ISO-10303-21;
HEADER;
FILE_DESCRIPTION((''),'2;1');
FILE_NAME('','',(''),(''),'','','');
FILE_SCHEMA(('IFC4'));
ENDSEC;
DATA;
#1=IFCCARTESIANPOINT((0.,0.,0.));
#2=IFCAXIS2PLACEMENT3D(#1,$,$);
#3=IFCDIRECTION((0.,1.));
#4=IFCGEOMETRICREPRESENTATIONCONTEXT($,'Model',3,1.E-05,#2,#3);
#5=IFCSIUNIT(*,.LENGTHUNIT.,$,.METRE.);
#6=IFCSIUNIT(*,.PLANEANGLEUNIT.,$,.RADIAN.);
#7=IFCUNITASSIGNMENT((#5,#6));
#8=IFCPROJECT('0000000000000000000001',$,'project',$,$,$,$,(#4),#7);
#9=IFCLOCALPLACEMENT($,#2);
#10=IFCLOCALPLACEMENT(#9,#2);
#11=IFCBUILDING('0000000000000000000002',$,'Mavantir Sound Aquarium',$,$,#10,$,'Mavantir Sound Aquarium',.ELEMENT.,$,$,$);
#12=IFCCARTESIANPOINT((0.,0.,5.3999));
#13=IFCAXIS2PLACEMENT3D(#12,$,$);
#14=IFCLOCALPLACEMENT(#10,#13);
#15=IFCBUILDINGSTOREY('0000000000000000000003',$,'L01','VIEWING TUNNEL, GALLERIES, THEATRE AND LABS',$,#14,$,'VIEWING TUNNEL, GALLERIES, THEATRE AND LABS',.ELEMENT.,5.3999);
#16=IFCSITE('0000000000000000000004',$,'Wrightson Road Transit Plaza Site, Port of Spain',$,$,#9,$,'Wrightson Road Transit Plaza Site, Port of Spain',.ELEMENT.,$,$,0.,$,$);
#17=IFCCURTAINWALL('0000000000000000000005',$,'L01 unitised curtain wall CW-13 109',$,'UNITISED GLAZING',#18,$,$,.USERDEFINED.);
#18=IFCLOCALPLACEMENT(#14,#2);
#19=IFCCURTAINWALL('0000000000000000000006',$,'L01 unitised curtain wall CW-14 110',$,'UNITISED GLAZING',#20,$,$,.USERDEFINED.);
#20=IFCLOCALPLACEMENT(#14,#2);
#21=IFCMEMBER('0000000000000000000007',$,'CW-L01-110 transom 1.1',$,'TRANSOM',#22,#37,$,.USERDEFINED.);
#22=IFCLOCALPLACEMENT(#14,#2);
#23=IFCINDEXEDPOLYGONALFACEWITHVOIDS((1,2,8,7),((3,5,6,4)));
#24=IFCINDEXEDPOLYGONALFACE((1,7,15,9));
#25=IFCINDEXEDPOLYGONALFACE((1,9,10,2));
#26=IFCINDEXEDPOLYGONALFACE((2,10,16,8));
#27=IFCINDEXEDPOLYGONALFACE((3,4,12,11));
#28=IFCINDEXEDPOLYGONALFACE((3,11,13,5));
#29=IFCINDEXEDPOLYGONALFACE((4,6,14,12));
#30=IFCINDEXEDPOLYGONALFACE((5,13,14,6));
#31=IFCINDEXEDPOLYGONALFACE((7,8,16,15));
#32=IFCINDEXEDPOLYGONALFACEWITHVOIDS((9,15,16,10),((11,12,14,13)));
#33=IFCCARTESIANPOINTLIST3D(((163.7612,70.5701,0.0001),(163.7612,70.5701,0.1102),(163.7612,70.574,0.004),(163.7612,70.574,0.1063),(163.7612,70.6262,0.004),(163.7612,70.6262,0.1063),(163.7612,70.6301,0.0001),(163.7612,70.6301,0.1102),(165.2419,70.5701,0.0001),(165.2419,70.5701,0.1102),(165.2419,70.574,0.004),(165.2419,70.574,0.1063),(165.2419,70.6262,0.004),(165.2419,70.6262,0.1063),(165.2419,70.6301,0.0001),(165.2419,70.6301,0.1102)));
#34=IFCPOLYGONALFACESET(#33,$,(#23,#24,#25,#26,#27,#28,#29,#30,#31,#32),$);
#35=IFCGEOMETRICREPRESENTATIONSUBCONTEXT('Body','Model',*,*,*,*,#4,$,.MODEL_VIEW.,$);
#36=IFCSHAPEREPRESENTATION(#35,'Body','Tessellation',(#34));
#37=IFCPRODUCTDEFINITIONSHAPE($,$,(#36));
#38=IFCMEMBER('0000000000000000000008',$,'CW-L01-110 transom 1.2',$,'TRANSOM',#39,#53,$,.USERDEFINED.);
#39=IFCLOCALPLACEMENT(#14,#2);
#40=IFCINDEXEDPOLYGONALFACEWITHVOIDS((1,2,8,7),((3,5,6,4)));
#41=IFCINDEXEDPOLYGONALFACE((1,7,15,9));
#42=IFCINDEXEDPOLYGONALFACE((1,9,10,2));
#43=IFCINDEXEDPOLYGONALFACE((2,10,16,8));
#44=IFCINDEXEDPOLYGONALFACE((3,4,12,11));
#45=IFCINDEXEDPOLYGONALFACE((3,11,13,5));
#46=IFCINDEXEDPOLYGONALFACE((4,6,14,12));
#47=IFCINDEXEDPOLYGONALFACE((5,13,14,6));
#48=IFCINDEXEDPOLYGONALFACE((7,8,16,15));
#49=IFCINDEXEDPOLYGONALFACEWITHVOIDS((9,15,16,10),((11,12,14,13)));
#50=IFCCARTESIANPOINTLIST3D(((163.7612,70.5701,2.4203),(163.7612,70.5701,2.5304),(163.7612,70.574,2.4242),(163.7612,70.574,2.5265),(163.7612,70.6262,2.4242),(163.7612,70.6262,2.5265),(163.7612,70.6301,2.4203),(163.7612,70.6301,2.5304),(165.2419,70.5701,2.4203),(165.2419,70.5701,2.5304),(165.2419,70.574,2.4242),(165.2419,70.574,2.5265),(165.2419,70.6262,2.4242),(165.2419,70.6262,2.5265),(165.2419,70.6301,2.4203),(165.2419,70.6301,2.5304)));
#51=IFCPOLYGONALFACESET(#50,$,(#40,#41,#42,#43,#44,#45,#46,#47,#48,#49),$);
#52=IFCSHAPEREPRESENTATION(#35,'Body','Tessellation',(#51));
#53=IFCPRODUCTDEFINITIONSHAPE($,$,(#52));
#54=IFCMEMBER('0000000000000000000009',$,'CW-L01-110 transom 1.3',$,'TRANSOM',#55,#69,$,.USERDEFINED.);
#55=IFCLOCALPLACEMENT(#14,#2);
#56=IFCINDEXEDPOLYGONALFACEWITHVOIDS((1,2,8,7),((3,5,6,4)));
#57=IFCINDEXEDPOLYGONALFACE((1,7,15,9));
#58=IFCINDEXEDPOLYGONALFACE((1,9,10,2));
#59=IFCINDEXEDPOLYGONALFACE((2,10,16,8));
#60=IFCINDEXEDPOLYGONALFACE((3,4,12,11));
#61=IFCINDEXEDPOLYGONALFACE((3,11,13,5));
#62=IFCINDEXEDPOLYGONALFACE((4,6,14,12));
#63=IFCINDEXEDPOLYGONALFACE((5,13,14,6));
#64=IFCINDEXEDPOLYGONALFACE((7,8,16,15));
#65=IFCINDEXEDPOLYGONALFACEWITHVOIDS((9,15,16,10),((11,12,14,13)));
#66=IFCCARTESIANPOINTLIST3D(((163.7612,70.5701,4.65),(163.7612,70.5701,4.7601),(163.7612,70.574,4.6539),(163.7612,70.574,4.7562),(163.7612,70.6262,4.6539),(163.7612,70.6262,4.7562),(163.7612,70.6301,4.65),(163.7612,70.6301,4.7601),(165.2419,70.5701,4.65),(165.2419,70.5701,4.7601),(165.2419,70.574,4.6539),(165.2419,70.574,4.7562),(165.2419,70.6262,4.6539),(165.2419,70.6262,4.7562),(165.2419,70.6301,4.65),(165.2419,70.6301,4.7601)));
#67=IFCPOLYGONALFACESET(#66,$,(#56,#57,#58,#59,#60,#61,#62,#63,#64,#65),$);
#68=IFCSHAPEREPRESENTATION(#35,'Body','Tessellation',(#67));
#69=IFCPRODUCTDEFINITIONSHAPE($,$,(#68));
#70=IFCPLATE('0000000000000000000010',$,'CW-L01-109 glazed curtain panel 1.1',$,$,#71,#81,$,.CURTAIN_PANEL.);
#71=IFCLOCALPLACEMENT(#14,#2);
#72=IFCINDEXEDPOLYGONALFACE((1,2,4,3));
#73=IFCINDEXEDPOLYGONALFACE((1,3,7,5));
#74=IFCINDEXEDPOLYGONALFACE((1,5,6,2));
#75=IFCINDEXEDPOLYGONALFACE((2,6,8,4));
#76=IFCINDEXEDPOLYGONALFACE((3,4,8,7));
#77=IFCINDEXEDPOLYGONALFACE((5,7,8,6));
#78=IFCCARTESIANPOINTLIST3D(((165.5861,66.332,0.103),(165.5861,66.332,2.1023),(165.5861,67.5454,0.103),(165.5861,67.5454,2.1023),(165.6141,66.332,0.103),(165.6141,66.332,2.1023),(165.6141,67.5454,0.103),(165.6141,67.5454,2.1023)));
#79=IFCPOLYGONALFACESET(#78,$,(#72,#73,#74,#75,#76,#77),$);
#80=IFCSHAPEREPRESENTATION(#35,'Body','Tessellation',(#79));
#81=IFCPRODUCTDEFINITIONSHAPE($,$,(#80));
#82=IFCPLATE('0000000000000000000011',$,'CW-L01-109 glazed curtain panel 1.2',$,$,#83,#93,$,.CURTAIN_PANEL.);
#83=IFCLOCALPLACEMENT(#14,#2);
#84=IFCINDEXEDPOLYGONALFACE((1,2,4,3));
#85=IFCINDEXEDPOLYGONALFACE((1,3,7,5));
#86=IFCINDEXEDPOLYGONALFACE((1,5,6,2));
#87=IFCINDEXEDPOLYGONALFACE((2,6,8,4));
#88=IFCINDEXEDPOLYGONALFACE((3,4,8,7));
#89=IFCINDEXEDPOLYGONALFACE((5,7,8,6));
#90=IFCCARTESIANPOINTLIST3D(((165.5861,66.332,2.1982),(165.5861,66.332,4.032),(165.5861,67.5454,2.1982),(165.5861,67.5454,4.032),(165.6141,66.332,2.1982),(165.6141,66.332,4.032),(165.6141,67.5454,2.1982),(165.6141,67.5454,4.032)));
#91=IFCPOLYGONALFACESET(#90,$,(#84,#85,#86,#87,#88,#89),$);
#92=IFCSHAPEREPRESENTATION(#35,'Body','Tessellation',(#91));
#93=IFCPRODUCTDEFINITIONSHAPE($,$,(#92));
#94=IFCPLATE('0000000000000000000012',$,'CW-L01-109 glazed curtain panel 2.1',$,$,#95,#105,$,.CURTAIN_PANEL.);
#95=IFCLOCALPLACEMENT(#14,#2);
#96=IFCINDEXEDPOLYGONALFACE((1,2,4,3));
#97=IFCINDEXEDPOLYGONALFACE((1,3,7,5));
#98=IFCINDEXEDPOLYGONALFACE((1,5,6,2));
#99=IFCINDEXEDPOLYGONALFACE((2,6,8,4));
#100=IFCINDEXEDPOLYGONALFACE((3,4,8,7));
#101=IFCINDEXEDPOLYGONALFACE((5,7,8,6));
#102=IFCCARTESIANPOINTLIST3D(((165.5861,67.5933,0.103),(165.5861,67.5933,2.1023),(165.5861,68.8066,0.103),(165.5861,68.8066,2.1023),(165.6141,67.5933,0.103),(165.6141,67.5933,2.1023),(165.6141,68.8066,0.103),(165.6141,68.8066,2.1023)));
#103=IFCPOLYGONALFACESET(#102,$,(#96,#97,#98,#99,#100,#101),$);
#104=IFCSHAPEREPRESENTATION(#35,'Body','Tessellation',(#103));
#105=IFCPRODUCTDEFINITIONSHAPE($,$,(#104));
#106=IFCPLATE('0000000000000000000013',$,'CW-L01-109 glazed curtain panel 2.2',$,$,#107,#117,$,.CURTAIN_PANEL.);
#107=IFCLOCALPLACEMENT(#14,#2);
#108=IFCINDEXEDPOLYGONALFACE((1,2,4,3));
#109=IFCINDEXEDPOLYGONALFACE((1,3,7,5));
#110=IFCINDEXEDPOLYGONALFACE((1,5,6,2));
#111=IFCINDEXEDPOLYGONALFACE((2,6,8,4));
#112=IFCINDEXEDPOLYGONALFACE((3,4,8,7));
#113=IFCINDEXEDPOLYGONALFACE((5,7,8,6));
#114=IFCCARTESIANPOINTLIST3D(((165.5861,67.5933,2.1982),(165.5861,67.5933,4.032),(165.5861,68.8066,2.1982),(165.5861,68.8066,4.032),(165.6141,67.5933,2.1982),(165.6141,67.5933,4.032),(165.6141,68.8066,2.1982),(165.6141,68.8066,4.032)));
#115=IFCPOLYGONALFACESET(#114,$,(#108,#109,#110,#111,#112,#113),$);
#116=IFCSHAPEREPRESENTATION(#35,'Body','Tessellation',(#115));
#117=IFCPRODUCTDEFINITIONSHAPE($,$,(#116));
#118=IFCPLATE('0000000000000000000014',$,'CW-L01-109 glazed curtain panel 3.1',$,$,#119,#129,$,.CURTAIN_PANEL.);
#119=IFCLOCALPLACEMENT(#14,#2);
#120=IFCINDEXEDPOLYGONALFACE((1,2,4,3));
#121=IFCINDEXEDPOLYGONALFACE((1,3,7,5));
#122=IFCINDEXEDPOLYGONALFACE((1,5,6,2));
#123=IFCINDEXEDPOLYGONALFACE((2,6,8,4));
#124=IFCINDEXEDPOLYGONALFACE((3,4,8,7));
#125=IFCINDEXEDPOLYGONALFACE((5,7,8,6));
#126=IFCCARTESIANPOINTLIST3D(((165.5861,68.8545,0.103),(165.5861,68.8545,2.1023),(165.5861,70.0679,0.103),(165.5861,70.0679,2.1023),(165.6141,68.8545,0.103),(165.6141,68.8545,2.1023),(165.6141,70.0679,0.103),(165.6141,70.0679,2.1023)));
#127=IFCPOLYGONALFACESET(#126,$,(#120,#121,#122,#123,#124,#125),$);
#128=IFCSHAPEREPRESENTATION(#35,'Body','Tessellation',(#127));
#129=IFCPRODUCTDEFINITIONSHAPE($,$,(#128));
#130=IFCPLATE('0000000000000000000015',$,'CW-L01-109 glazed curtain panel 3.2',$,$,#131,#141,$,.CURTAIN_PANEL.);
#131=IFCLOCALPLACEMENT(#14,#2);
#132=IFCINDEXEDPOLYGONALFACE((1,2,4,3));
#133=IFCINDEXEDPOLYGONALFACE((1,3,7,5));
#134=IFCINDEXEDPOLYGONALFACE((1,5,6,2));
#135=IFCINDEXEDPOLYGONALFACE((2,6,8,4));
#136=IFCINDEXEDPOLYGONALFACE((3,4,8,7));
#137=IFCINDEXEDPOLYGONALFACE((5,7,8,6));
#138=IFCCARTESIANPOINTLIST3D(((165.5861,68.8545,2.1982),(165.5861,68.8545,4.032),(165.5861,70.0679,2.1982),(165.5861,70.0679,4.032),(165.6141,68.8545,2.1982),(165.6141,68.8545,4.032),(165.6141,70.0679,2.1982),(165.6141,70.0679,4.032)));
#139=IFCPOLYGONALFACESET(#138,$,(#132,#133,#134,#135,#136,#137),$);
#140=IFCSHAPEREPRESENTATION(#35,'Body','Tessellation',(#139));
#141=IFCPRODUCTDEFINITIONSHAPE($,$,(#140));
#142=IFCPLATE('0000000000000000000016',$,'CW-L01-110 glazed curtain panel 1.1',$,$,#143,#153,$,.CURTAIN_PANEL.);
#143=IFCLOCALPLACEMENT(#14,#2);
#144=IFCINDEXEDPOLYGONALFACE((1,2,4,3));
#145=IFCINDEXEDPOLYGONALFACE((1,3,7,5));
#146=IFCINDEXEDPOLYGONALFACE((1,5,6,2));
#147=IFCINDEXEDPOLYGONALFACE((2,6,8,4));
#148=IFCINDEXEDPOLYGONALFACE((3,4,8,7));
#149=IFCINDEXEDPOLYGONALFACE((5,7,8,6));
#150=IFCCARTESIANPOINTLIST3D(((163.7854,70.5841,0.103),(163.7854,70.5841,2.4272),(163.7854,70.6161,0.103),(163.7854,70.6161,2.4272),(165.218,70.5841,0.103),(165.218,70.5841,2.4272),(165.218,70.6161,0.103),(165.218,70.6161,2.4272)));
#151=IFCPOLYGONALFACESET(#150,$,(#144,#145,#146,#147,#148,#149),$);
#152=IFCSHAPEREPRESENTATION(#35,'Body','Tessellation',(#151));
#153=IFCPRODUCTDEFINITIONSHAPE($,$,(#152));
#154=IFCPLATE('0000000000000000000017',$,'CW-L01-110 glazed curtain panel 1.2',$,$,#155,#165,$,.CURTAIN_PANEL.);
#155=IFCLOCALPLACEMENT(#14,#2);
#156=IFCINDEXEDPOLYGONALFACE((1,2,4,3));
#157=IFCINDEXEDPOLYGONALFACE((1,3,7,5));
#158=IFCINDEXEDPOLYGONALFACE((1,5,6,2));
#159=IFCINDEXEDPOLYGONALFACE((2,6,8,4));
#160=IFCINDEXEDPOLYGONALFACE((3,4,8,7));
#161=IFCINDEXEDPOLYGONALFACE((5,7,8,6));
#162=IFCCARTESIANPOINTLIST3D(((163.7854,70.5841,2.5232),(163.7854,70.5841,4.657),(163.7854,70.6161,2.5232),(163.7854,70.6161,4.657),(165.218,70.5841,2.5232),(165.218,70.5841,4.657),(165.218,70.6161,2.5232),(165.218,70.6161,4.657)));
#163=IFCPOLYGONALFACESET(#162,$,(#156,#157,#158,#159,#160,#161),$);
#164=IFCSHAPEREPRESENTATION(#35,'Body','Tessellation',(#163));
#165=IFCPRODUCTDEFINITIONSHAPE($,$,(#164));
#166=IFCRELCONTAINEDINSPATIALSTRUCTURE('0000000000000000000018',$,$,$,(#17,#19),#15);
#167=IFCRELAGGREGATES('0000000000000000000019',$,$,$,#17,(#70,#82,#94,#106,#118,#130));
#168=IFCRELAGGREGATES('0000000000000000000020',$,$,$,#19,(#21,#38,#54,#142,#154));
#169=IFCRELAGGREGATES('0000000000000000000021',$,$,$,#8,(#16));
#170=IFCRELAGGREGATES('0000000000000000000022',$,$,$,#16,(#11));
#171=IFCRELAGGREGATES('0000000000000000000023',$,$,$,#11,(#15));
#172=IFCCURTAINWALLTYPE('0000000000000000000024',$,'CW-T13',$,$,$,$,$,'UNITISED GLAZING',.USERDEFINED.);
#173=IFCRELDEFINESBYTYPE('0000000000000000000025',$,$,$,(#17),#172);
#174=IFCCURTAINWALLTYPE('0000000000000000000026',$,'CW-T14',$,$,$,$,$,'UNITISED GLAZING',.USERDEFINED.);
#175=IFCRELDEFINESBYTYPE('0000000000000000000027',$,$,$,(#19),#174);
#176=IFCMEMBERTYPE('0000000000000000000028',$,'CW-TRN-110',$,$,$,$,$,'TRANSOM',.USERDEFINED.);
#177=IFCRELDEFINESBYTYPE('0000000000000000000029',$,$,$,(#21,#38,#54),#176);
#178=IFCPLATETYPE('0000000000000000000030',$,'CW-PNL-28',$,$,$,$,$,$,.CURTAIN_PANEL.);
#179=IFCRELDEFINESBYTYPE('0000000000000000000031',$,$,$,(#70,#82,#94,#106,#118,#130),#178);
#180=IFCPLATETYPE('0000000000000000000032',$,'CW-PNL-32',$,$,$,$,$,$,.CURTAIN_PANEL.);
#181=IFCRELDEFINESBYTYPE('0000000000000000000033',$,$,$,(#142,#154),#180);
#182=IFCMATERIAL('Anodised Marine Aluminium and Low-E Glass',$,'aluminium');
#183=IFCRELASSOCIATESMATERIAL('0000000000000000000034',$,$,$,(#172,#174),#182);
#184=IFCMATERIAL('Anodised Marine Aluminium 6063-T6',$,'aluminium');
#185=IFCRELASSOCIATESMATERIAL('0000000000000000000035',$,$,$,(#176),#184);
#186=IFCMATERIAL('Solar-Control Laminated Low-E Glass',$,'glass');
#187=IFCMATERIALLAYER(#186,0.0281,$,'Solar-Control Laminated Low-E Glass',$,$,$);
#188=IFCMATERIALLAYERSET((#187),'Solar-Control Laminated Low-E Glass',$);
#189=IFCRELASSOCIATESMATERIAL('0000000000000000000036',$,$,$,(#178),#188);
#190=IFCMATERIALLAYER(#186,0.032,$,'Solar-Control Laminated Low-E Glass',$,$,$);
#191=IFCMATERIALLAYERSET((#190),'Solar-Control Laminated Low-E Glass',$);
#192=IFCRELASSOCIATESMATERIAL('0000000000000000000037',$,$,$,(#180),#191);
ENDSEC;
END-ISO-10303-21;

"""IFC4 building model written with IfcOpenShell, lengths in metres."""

from ifc_helpers import new_model, si_unit, direction, frame, origin, origin_2d, place, context, subcontext, project, spatial, rectangle, hollow_rectangle, extrude, material, layer, layer_set, material_profile, profile_set, type_object, element, aggregate, save


model = new_model("IFC4")

# Units and contexts
model_context = context("Model", 3, precision=1e-05, world=origin(), true_north=direction((0.0, 1.0)))
body_context = subcontext(model_context, "Body", "Model", "MODEL_VIEW")
ifc_project = project(units=[si_unit("LENGTHUNIT", "METRE"), si_unit("PLANEANGLEUNIT", "RADIAN")], contexts=[model_context])

# Site, building, storey
site_placement = place(None, origin())
site = spatial("IfcSite", under=ifc_project, at=site_placement, Name="Wrightson Road Transit Plaza Site, Port of Spain", LongName="Wrightson Road Transit Plaza Site, Port of Spain", CompositionType="ELEMENT", RefElevation=0.0)
building_placement = place(site_placement, origin())
building = spatial("IfcBuilding", under=site, at=building_placement, Name="Mavantir Sound Aquarium", LongName="Mavantir Sound Aquarium", CompositionType="ELEMENT")
storey_placement = place(building_placement, frame((0.0, 0.0, 5.3999)))
storey = spatial("IfcBuildingStorey", under=building, at=storey_placement, Name="L01", Description="VIEWING TUNNEL, GALLERIES, THEATRE AND LABS", LongName="VIEWING TUNNEL, GALLERIES, THEATRE AND LABS", CompositionType="ELEMENT", Elevation=5.3999)

# Curtain wall
ifc_material_1 = material(Name="Anodised Marine Aluminium and Low-E Glass", Category="aluminium")
curtain_wall_type_1 = type_object("IfcCurtainWallType", Name="CW-T13", ElementType="UNITISED GLAZING", PredefinedType="USERDEFINED", material=ifc_material_1)
curtain_wall_1_placement = place(storey_placement, origin())
curtain_wall_1 = element("IfcCurtainWall", 1, at=curtain_wall_1_placement, inside=storey, type_object=curtain_wall_type_1, Name="L01 unitised curtain wall CW-13 109", ObjectType="UNITISED GLAZING", PredefinedType="USERDEFINED")
ifc_material_2 = material(Name="Anodised Marine Aluminium 6063-T6", Category="aluminium")

# Curtain wall
curtain_wall_type_2 = type_object("IfcCurtainWallType", Name="CW-T14", ElementType="UNITISED GLAZING", PredefinedType="USERDEFINED", material=ifc_material_1)
curtain_wall_2_placement = place(storey_placement, origin())
curtain_wall_2 = element("IfcCurtainWall", 2, at=curtain_wall_2_placement, inside=storey, type_object=curtain_wall_type_2, Name="L01 unitised curtain wall CW-14 110", ObjectType="UNITISED GLAZING", PredefinedType="USERDEFINED")

# Shared definitions
ifc_material_profile_1 = material_profile(ifc_material_2, hollow_rectangle(XDim=0.0601, YDim=0.1101, WallThickness=0.0039, at=origin_2d()), Name="ALU-TRANSOM-110X60")
ifc_profile_set_1 = profile_set([ifc_material_profile_1], Name="Anodised Marine Aluminium 6063-T6")
member_type_1 = type_object("IfcMemberType", Name="CW-TRN-110", ElementType="TRANSOM", PredefinedType="USERDEFINED", material=ifc_profile_set_1)

# Members
member_1_placement = place(storey_placement, frame((165.2419, 70.6001, 0.0552), z_axis=(-1.0, 0.0, 0.0), x_axis=(0.0, -1.0, 0.0)))
member_1 = element("IfcMember", 3, at=member_1_placement, type_object=member_type_1, Name="CW-L01-110 transom 1.1", ObjectType="TRANSOM", PredefinedType="USERDEFINED", context=body_context, shape_type="SweptSolid", body=[
    extrude(hollow_rectangle(XDim=0.0601, YDim=0.1101, WallThickness=0.0039, at=origin_2d()), origin(), (0.0, 0.0, 1.0), 1.4807),
])
member_2_placement = place(storey_placement, frame((165.2419, 70.6001, 2.4753), z_axis=(-1.0, 0.0, 0.0), x_axis=(0.0, -1.0, 0.0)))
member_2 = element("IfcMember", 4, at=member_2_placement, type_object=member_type_1, Name="CW-L01-110 transom 1.2", ObjectType="TRANSOM", PredefinedType="USERDEFINED", context=body_context, shape_type="SweptSolid", body=[
    extrude(hollow_rectangle(XDim=0.0601, YDim=0.1101, WallThickness=0.0039, at=origin_2d()), origin(), (0.0, 0.0, 1.0), 1.4807),
])
member_3_placement = place(storey_placement, frame((165.2419, 70.6001, 4.7051), z_axis=(-1.0, 0.0, 0.0), x_axis=(0.0, -1.0, 0.0)))
member_3 = element("IfcMember", 5, at=member_3_placement, type_object=member_type_1, Name="CW-L01-110 transom 1.3", ObjectType="TRANSOM", PredefinedType="USERDEFINED", context=body_context, shape_type="SweptSolid", body=[
    extrude(hollow_rectangle(XDim=0.0601, YDim=0.1101, WallThickness=0.0039, at=origin_2d()), origin(), (0.0, 0.0, 1.0), 1.4807),
])

# Plates
ifc_material_3 = material(Name="Solar-Control Laminated Low-E Glass", Category="glass")
ifc_layer_1 = layer(ifc_material_3, 0.0281, Name="Solar-Control Laminated Low-E Glass")
ifc_layer_set_1 = layer_set([ifc_layer_1], Name="Solar-Control Laminated Low-E Glass")
plate_type_1 = type_object("IfcPlateType", Name="CW-PNL-28", PredefinedType="CURTAIN_PANEL", material=ifc_layer_set_1)
plate_1_placement = place(storey_placement, frame((165.6001, 66.9387, 0.103), z_axis=(0.0, 0.0, 1.0), x_axis=(0.0, 1.0, 0.0)))
plate_1 = element("IfcPlate", 6, at=plate_1_placement, type_object=plate_type_1, Name="CW-L01-109 glazed curtain panel 1.1", PredefinedType="CURTAIN_PANEL", context=body_context, shape_type="SweptSolid", body=[
    extrude(rectangle(XDim=1.2134, YDim=0.0281, at=origin_2d()), origin(), (0.0, 0.0, 1.0), 1.9993),
])
plate_2_placement = place(storey_placement, frame((165.6001, 66.9387, 2.1982), z_axis=(0.0, 0.0, 1.0), x_axis=(0.0, 1.0, 0.0)))
plate_2 = element("IfcPlate", 7, at=plate_2_placement, type_object=plate_type_1, Name="CW-L01-109 glazed curtain panel 1.2", PredefinedType="CURTAIN_PANEL", context=body_context, shape_type="SweptSolid", body=[
    extrude(rectangle(XDim=1.2134, YDim=0.0281, at=origin_2d()), origin(), (0.0, 0.0, 1.0), 1.8337),
])
plate_3_placement = place(storey_placement, frame((165.6001, 68.2, 0.103), z_axis=(0.0, 0.0, 1.0), x_axis=(0.0, 1.0, 0.0)))
plate_3 = element("IfcPlate", 8, at=plate_3_placement, type_object=plate_type_1, Name="CW-L01-109 glazed curtain panel 2.1", PredefinedType="CURTAIN_PANEL", context=body_context, shape_type="SweptSolid", body=[
    extrude(rectangle(XDim=1.2134, YDim=0.0281, at=origin_2d()), origin(), (0.0, 0.0, 1.0), 1.9993),
])
plate_4_placement = place(storey_placement, frame((165.6001, 68.2, 2.1982), z_axis=(0.0, 0.0, 1.0), x_axis=(0.0, 1.0, 0.0)))
plate_4 = element("IfcPlate", 9, at=plate_4_placement, type_object=plate_type_1, Name="CW-L01-109 glazed curtain panel 2.2", PredefinedType="CURTAIN_PANEL", context=body_context, shape_type="SweptSolid", body=[
    extrude(rectangle(XDim=1.2134, YDim=0.0281, at=origin_2d()), origin(), (0.0, 0.0, 1.0), 1.8337),
])
plate_5_placement = place(storey_placement, frame((165.6001, 69.4612, 0.103), z_axis=(0.0, 0.0, 1.0), x_axis=(0.0, 1.0, 0.0)))
plate_5 = element("IfcPlate", 10, at=plate_5_placement, type_object=plate_type_1, Name="CW-L01-109 glazed curtain panel 3.1", PredefinedType="CURTAIN_PANEL", context=body_context, shape_type="SweptSolid", body=[
    extrude(rectangle(XDim=1.2134, YDim=0.0281, at=origin_2d()), origin(), (0.0, 0.0, 1.0), 1.9993),
])
plate_6_placement = place(storey_placement, frame((165.6001, 69.4612, 2.1982), z_axis=(0.0, 0.0, 1.0), x_axis=(0.0, 1.0, 0.0)))
plate_6 = element("IfcPlate", 11, at=plate_6_placement, type_object=plate_type_1, Name="CW-L01-109 glazed curtain panel 3.2", PredefinedType="CURTAIN_PANEL", context=body_context, shape_type="SweptSolid", body=[
    extrude(rectangle(XDim=1.2134, YDim=0.0281, at=origin_2d()), origin(), (0.0, 0.0, 1.0), 1.8337),
])
aggregate(curtain_wall_1, [plate_1, plate_2, plate_3, plate_4, plate_5, plate_6])
ifc_layer_2 = layer(ifc_material_3, 0.032, Name="Solar-Control Laminated Low-E Glass")
ifc_layer_set_2 = layer_set([ifc_layer_2], Name="Solar-Control Laminated Low-E Glass")
plate_type_2 = type_object("IfcPlateType", Name="CW-PNL-32", PredefinedType="CURTAIN_PANEL", material=ifc_layer_set_2)
plate_7_placement = place(storey_placement, frame((164.5017, 70.6001, 0.103), z_axis=(0.0, 0.0, 1.0), x_axis=(-1.0, 0.0, 0.0)))
plate_7 = element("IfcPlate", 12, at=plate_7_placement, type_object=plate_type_2, Name="CW-L01-110 glazed curtain panel 1.1", PredefinedType="CURTAIN_PANEL", context=body_context, shape_type="SweptSolid", body=[
    extrude(rectangle(XDim=1.4326, YDim=0.032, at=origin_2d()), origin(), (0.0, 0.0, 1.0), 2.3242),
])
plate_8_placement = place(storey_placement, frame((164.5017, 70.6001, 2.5232), z_axis=(0.0, 0.0, 1.0), x_axis=(-1.0, 0.0, 0.0)))
plate_8 = element("IfcPlate", 13, at=plate_8_placement, type_object=plate_type_2, Name="CW-L01-110 glazed curtain panel 1.2", PredefinedType="CURTAIN_PANEL", context=body_context, shape_type="SweptSolid", body=[
    extrude(rectangle(XDim=1.4326, YDim=0.032, at=origin_2d()), origin(), (0.0, 0.0, 1.0), 2.1338),
])
aggregate(curtain_wall_2, [member_1, member_2, member_3, plate_7, plate_8])

save(model, "model.ifc")
